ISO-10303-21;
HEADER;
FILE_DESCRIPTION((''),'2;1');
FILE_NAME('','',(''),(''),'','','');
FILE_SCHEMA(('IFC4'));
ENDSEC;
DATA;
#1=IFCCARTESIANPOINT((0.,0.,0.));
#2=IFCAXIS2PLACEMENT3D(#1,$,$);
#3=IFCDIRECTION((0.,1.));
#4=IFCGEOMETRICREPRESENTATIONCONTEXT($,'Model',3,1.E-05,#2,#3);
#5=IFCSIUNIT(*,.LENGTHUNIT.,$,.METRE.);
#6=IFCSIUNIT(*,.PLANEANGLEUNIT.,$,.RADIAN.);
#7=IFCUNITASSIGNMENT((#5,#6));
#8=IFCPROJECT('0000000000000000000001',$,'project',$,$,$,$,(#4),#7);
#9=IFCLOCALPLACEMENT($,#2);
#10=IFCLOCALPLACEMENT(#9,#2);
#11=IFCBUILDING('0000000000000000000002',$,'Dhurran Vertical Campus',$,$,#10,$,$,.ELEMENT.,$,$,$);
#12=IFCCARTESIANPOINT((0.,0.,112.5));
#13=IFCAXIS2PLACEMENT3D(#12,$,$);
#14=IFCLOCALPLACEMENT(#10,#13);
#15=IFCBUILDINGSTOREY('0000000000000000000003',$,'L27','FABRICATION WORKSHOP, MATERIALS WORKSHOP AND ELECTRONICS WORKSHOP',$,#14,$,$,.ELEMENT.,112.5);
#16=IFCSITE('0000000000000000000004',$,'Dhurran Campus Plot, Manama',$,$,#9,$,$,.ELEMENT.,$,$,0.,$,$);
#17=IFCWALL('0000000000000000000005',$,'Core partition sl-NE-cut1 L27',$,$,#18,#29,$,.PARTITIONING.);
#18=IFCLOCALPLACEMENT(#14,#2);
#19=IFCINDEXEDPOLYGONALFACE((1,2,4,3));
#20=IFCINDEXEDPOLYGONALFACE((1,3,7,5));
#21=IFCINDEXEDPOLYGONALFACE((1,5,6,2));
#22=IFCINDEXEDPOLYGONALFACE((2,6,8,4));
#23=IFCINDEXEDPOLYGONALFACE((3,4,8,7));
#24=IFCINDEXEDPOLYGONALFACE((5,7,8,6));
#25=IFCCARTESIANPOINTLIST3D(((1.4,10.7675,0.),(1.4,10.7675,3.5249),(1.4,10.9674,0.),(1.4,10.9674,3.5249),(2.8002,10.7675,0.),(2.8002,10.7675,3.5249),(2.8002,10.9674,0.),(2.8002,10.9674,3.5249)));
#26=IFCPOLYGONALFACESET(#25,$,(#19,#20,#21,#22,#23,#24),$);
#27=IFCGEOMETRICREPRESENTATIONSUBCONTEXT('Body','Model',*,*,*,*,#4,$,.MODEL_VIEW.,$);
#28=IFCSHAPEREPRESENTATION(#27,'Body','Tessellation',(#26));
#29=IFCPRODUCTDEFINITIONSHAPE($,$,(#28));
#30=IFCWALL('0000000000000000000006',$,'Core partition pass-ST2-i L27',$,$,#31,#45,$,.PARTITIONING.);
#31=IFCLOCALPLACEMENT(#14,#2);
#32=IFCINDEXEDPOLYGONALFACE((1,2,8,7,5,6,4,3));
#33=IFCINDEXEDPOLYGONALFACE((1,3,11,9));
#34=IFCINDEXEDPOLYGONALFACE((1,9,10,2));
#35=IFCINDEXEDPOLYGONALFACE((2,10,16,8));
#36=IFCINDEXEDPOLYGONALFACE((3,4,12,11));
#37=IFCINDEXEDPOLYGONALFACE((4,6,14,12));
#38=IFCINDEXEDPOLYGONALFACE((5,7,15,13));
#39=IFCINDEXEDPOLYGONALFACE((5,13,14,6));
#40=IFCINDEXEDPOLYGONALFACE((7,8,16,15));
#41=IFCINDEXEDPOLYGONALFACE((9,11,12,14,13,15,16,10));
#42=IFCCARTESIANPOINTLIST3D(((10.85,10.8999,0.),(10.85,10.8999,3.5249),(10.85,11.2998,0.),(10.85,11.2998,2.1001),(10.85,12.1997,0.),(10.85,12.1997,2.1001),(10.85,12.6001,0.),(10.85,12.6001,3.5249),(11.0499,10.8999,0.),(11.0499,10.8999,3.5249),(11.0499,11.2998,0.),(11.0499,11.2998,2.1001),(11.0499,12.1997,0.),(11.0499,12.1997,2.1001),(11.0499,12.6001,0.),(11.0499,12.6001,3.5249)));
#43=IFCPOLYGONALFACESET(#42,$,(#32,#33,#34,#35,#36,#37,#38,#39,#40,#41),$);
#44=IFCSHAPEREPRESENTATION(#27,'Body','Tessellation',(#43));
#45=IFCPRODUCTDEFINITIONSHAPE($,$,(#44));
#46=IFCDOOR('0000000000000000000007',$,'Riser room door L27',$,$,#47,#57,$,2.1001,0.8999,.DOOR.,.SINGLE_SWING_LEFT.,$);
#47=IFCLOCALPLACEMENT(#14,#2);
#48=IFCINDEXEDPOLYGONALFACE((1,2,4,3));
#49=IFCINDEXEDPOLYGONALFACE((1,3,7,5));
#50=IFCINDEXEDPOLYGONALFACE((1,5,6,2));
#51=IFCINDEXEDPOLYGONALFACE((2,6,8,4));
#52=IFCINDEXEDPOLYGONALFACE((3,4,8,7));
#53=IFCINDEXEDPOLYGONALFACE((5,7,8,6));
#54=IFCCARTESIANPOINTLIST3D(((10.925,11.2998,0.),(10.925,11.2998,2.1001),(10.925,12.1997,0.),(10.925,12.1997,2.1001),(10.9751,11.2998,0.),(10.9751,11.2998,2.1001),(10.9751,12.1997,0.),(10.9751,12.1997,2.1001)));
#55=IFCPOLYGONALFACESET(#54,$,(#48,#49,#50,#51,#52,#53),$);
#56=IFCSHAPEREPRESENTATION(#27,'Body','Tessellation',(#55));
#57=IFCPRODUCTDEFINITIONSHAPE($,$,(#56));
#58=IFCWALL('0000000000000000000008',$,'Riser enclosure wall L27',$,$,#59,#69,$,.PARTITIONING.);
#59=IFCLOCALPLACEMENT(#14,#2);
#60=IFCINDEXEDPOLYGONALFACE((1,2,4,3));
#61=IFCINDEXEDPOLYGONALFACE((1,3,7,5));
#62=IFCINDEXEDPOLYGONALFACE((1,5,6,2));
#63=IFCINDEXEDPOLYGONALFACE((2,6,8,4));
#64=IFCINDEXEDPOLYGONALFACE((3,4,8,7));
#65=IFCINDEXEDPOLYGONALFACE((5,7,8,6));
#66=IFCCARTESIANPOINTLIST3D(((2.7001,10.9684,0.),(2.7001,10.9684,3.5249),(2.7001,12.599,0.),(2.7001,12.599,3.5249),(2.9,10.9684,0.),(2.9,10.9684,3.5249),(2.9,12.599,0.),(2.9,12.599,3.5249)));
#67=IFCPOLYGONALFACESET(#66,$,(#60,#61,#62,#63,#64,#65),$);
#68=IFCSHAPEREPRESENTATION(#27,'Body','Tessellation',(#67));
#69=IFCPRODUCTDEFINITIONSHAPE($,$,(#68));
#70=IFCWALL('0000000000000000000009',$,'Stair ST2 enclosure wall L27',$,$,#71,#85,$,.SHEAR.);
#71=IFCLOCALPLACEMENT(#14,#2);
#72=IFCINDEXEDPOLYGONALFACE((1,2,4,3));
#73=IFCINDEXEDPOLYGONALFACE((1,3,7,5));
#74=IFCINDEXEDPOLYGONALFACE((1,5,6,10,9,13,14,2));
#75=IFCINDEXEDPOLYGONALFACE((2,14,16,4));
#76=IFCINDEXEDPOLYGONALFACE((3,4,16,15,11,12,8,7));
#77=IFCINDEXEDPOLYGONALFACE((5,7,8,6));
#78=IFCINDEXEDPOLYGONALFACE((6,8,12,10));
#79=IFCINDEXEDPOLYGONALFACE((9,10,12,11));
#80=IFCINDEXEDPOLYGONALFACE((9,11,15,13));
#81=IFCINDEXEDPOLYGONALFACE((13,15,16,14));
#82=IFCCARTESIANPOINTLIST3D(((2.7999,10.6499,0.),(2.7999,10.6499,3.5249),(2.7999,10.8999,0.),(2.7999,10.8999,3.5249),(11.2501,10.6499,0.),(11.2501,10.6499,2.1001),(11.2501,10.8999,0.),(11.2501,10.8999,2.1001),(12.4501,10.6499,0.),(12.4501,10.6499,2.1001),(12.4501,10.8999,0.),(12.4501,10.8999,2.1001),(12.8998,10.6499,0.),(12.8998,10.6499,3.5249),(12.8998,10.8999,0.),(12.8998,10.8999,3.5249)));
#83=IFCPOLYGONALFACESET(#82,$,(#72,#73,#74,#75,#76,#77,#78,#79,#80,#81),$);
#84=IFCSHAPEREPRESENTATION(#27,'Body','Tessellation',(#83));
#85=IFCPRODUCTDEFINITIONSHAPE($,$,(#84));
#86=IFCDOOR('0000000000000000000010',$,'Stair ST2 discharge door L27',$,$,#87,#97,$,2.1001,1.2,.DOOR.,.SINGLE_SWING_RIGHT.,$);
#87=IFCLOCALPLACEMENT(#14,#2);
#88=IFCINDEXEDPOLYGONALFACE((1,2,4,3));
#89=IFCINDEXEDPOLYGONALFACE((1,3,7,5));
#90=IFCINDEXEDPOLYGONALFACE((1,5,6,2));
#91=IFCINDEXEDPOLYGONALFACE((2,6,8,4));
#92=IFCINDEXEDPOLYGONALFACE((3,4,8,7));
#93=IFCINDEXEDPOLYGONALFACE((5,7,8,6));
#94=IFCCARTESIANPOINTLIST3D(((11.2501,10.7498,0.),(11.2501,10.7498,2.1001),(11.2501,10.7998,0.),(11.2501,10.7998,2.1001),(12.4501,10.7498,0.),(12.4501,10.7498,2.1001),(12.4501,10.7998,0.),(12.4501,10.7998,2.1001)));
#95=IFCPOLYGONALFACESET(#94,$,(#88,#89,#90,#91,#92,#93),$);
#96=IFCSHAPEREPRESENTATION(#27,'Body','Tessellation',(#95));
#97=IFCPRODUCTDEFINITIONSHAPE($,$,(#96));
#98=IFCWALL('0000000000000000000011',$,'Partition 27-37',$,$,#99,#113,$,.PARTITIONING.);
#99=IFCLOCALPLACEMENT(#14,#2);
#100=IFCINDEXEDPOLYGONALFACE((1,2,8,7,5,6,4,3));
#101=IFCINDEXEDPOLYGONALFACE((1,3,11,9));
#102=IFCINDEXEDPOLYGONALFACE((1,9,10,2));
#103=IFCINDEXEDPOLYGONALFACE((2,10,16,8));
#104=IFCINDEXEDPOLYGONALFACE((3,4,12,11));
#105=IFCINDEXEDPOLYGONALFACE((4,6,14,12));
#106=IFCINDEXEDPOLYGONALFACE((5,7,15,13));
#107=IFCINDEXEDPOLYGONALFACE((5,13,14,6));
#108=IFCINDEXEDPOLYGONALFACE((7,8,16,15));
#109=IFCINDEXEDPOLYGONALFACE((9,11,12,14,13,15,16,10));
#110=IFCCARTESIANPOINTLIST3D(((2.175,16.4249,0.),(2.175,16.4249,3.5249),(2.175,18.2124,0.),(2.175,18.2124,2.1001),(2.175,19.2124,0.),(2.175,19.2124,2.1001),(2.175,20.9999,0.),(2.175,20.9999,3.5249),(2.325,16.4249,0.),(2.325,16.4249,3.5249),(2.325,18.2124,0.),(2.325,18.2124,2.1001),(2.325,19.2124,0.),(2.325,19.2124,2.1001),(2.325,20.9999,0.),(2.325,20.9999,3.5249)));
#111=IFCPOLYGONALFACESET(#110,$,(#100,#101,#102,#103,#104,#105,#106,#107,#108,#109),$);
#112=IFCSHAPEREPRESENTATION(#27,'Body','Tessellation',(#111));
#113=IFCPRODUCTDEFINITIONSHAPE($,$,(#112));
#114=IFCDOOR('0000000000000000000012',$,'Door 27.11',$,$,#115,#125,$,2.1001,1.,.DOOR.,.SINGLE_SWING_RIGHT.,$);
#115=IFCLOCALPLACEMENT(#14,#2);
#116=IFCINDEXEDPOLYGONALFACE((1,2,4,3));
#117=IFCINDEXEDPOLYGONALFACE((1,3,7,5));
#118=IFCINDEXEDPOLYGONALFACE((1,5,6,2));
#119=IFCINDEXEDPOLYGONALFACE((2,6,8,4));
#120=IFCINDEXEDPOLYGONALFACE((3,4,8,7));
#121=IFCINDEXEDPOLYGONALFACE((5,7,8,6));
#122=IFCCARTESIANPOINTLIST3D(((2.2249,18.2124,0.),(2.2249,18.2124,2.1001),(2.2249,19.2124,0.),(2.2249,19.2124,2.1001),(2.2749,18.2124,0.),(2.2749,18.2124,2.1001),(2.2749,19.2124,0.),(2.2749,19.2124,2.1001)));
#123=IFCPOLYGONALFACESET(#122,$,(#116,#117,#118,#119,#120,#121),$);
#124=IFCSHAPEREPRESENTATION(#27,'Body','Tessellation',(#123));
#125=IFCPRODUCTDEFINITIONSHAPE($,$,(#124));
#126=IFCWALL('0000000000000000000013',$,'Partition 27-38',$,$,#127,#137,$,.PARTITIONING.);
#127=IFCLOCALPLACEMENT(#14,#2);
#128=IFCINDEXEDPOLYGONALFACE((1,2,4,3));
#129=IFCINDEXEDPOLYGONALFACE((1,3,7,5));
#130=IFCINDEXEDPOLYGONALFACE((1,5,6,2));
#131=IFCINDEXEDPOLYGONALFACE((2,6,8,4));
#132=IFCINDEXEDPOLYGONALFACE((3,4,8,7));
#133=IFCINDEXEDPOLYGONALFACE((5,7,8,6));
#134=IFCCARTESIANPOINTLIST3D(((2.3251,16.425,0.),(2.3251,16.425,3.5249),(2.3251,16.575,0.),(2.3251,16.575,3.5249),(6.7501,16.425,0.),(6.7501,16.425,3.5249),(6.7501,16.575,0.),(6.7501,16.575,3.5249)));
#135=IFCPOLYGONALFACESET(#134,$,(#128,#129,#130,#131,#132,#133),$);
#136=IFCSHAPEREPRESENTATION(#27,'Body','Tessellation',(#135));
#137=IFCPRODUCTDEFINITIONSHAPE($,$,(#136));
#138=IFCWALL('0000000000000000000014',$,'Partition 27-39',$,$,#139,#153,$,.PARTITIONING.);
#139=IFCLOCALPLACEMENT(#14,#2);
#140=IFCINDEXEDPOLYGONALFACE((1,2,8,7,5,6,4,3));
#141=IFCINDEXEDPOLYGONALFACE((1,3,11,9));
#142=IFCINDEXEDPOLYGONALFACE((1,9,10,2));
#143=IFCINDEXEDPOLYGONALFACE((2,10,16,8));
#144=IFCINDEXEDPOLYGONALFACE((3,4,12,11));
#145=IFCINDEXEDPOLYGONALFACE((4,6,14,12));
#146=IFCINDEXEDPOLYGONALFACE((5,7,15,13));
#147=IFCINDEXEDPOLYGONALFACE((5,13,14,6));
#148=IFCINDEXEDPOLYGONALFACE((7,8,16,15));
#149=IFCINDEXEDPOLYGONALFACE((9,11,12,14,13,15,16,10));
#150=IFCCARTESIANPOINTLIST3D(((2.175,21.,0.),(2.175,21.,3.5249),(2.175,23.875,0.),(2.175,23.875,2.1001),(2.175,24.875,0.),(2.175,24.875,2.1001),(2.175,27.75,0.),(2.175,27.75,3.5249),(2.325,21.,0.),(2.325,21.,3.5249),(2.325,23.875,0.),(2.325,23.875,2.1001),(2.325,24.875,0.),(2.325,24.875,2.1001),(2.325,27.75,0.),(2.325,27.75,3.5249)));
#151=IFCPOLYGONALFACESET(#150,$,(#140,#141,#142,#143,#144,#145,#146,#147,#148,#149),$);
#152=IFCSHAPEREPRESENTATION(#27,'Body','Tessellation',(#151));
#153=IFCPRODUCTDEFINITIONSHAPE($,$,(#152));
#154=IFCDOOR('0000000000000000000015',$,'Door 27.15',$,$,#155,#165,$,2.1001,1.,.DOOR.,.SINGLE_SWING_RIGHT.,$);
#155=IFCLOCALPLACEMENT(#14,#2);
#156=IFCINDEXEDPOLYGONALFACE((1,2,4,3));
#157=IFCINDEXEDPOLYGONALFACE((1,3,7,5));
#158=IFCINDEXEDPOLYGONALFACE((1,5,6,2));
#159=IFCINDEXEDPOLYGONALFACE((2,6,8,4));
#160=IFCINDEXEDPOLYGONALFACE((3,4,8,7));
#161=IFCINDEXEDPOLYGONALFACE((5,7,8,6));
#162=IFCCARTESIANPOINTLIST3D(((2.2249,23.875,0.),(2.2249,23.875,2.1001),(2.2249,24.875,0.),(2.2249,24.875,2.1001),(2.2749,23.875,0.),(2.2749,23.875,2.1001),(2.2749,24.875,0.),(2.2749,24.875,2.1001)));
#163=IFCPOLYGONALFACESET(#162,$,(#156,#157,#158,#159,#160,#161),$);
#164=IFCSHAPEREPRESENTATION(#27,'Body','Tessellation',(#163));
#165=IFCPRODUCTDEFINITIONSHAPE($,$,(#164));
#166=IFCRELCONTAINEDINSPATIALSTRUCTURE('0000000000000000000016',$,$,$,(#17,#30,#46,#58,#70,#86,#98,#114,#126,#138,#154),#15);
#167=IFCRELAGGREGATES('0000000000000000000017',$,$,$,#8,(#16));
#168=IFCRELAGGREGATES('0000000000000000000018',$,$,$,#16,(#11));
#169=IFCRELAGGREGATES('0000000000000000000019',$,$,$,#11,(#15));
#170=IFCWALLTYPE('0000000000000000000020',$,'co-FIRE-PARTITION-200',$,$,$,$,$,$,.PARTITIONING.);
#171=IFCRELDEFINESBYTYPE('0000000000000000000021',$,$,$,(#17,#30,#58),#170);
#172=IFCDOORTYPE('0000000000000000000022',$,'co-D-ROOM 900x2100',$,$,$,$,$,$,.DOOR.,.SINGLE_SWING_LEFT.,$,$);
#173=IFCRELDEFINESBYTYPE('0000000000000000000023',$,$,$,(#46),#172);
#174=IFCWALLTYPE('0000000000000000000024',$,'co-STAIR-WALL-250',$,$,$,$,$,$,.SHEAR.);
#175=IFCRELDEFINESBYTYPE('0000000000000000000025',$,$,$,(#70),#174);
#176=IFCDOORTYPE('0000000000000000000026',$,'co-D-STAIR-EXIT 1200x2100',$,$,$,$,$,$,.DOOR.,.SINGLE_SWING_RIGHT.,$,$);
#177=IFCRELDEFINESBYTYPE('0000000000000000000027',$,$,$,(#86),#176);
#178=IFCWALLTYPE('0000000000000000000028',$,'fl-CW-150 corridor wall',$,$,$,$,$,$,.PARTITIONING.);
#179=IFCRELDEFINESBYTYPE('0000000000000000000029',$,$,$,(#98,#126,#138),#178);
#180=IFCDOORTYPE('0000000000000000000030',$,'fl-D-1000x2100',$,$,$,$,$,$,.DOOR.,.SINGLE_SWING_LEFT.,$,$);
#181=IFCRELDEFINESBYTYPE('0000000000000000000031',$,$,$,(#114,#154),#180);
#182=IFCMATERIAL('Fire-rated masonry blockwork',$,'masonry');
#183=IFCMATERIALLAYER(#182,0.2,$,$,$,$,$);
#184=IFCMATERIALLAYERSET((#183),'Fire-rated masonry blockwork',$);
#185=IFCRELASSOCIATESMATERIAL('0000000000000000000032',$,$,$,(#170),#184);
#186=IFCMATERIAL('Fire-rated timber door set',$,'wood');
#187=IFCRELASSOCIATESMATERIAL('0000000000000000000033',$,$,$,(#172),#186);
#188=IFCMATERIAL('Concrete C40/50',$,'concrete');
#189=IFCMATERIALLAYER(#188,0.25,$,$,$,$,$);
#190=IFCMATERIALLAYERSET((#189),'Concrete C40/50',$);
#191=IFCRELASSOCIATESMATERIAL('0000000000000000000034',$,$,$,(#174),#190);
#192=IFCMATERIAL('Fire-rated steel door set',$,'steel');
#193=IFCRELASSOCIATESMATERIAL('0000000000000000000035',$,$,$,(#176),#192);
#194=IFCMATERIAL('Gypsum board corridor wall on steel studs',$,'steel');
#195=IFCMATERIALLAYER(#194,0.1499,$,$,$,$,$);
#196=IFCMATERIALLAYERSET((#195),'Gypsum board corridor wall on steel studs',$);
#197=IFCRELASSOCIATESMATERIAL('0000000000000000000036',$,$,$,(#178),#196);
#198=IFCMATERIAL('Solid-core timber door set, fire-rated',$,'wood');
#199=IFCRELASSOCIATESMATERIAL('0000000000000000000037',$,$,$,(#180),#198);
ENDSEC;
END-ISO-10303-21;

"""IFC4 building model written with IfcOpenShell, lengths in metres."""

from ifc_helpers import new_model, si_unit, direction, frame, frame_2d, origin, place, context, subcontext, project, spatial, rectangle, extrude, material, layer, layer_set, type_object, element, fill, save


model = new_model("IFC4")

# Units and contexts
model_context = context("Model", 3, precision=1e-05, world=origin(), true_north=direction((0.0, 1.0)))
body_context = subcontext(model_context, "Body", "Model", "MODEL_VIEW")
ifc_project = project(units=[si_unit("LENGTHUNIT", "METRE"), si_unit("PLANEANGLEUNIT", "RADIAN")], contexts=[model_context])

# Site, building, storey
site_placement = place(None, origin())
site = spatial("IfcSite", under=ifc_project, at=site_placement, Name="Dhurran Campus Plot, Manama", CompositionType="ELEMENT", RefElevation=0.0)
building_placement = place(site_placement, origin())
building = spatial("IfcBuilding", under=site, at=building_placement, Name="Dhurran Vertical Campus", CompositionType="ELEMENT")
storey_placement = place(building_placement, frame((0.0, 0.0, 112.5)))
storey = spatial("IfcBuildingStorey", under=building, at=storey_placement, Name="L27", Description="FABRICATION WORKSHOP, MATERIALS WORKSHOP AND ELECTRONICS WORKSHOP", CompositionType="ELEMENT", Elevation=112.5)

# Wall
ifc_material_1 = material(Name="Fire-rated masonry blockwork", Category="masonry")
ifc_layer_1 = layer(ifc_material_1, 0.2)
ifc_layer_set_1 = layer_set([ifc_layer_1], Name="Fire-rated masonry blockwork")
wall_type_1 = type_object("IfcWallType", Name="co-FIRE-PARTITION-200", PredefinedType="PARTITIONING", material=ifc_layer_set_1)
wall_1_placement = place(storey_placement, frame((1.3999, 10.8674, 0.0), z_axis=(0.0, 0.0, 1.0), x_axis=(1.0, 0.0, 0.0)))
element("IfcWall", 1, at=wall_1_placement, inside=storey, type_object=wall_type_1, Name="Core partition sl-NE-cut1 L27", PredefinedType="PARTITIONING", context=body_context, shape_type="SweptSolid", body=[
    extrude(rectangle(XDim=1.4001, YDim=0.2, at=frame_2d((0.7002, 0.0))), origin(), (0.0, 0.0, 1.0), 3.5249),
])

# Wall, opening, door
wall_2_placement = place(storey_placement, frame((10.95, 10.8999, 0.0), z_axis=(0.0, 0.0, 1.0), x_axis=(0.0, 1.0, 0.0)))
wall_2 = element("IfcWall", 2, at=wall_2_placement, inside=storey, type_object=wall_type_1, Name="Core partition pass-ST2-i L27", PredefinedType="PARTITIONING", context=body_context, shape_type="SweptSolid", body=[
    extrude(rectangle(XDim=1.7002, YDim=0.2, at=frame_2d((0.8501, 0.0))), origin(), (0.0, 0.0, 1.0), 3.5249),
])
opening_1_placement = place(wall_2_placement, frame((0.3999, 0.0, 0.0)))
opening_1 = element("IfcOpeningElement", 3, at=opening_1_placement, cuts=wall_2, PredefinedType="OPENING", context=body_context, shape_type="SweptSolid", body=[
    extrude(rectangle(XDim=0.8999, YDim=2.1001, at=frame_2d((0.45, 1.05))), frame((0.0, 0.1099, 0.0), z_axis=(0.0, -1.0, 0.0), x_axis=(1.0, 0.0, 0.0)), (0.0, 0.0, 1.0), 0.22),
])
ifc_material_2 = material(Name="Fire-rated timber door set", Category="wood")
door_type_1 = type_object("IfcDoorType", Name="co-D-ROOM 900x2100", OperationType="SINGLE_SWING_LEFT", PredefinedType="DOOR", material=ifc_material_2)
door_1_placement = place(opening_1_placement, origin())
door_1 = element("IfcDoor", 4, at=door_1_placement, inside=storey, type_object=door_type_1, Name="Riser room door L27", OperationType="SINGLE_SWING_LEFT", OverallHeight=2.1001, OverallWidth=0.8999, PredefinedType="DOOR", context=body_context, shape_type="SweptSolid", body=[
    extrude(rectangle(XDim=0.8999, YDim=2.1001, at=frame_2d((0.45, 1.05))), frame((0.0, 0.0249, 0.0), z_axis=(0.0, -1.0, 0.0), x_axis=(1.0, 0.0, 0.0)), (0.0, 0.0, 1.0), 0.05),
])
fill(opening_1, door_1)

# Wall
wall_3_placement = place(storey_placement, frame((2.8, 12.5991, 0.0), z_axis=(0.0, 0.0, 1.0), x_axis=(0.0, -1.0, 0.0)))
element("IfcWall", 5, at=wall_3_placement, inside=storey, type_object=wall_type_1, Name="Riser enclosure wall L27", PredefinedType="PARTITIONING", context=body_context, shape_type="SweptSolid", body=[
    extrude(rectangle(XDim=1.6306, YDim=0.2, at=frame_2d((0.8154, 0.0))), origin(), (0.0, 0.0, 1.0), 3.5249),
])

# Walls, openings, doors
ifc_material_3 = material(Name="Concrete C40/50", Category="concrete")
ifc_layer_2 = layer(ifc_material_3, 0.25)
ifc_layer_set_2 = layer_set([ifc_layer_2], Name="Concrete C40/50")
wall_type_2 = type_object("IfcWallType", Name="co-STAIR-WALL-250", PredefinedType="SHEAR", material=ifc_layer_set_2)
wall_4_placement = place(storey_placement, frame((2.8, 10.7749, 0.0), z_axis=(0.0, 0.0, 1.0), x_axis=(1.0, 0.0, 0.0)))
wall_4 = element("IfcWall", 6, at=wall_4_placement, inside=storey, type_object=wall_type_2, Name="Stair ST2 enclosure wall L27", PredefinedType="SHEAR", context=body_context, shape_type="SweptSolid", body=[
    extrude(rectangle(XDim=10.0999, YDim=0.25, at=frame_2d((5.0498, 0.0))), origin(), (0.0, 0.0, 1.0), 3.5249),
])
opening_2_placement = place(wall_4_placement, frame((8.45, 0.0, 0.0)))
opening_2 = element("IfcOpeningElement", 7, at=opening_2_placement, cuts=wall_4, PredefinedType="OPENING", context=body_context, shape_type="SweptSolid", body=[
    extrude(rectangle(XDim=1.2, YDim=2.1001, at=frame_2d((0.6001, 1.05))), frame((0.0, 0.135, 0.0), z_axis=(0.0, -1.0, 0.0), x_axis=(1.0, 0.0, 0.0)), (0.0, 0.0, 1.0), 0.27),
])
ifc_material_4 = material(Name="Fire-rated steel door set", Category="steel")
door_type_2 = type_object("IfcDoorType", Name="co-D-STAIR-EXIT 1200x2100", OperationType="SINGLE_SWING_RIGHT", PredefinedType="DOOR", material=ifc_material_4)
door_2_placement = place(opening_2_placement, origin())
door_2 = element("IfcDoor", 8, at=door_2_placement, inside=storey, type_object=door_type_2, Name="Stair ST2 discharge door L27", OperationType="SINGLE_SWING_RIGHT", OverallHeight=2.1001, OverallWidth=1.2, PredefinedType="DOOR", context=body_context, shape_type="SweptSolid", body=[
    extrude(rectangle(XDim=1.2, YDim=2.1001, at=frame_2d((0.6001, 1.05))), frame((0.0, 0.0249, 0.0), z_axis=(0.0, -1.0, 0.0), x_axis=(1.0, 0.0, 0.0)), (0.0, 0.0, 1.0), 0.05),
])
fill(opening_2, door_2)
ifc_material_5 = material(Name="Gypsum board corridor wall on steel studs", Category="steel")
ifc_layer_3 = layer(ifc_material_5, 0.1499)
ifc_layer_set_3 = layer_set([ifc_layer_3], Name="Gypsum board corridor wall on steel studs")
wall_type_3 = type_object("IfcWallType", Name="fl-CW-150 corridor wall", PredefinedType="PARTITIONING", material=ifc_layer_set_3)
wall_5_placement = place(storey_placement, frame((2.25, 21.0, 0.0), z_axis=(0.0, 0.0, 1.0), x_axis=(0.0, -1.0, 0.0)))
wall_5 = element("IfcWall", 9, at=wall_5_placement, inside=storey, type_object=wall_type_3, Name="Partition 27-37", PredefinedType="PARTITIONING", context=body_context, shape_type="SweptSolid", body=[
    extrude(rectangle(XDim=4.575, YDim=0.1499, at=frame_2d((2.2876, 0.0))), origin(), (0.0, 0.0, 1.0), 3.5249),
])
opening_3_placement = place(wall_5_placement, frame((1.7876, 0.0, 0.0)))
opening_3 = element("IfcOpeningElement", 10, at=opening_3_placement, cuts=wall_5, PredefinedType="OPENING", context=body_context, shape_type="SweptSolid", body=[
    extrude(rectangle(XDim=1.0, YDim=2.1001, at=frame_2d((0.5, 1.05))), frame((0.0, 0.085, 0.0), z_axis=(0.0, -1.0, 0.0), x_axis=(1.0, 0.0, 0.0)), (0.0, 0.0, 1.0), 0.1699),
])
ifc_material_6 = material(Name="Solid-core timber door set, fire-rated", Category="wood")
door_type_3 = type_object("IfcDoorType", Name="fl-D-1000x2100", OperationType="SINGLE_SWING_LEFT", PredefinedType="DOOR", material=ifc_material_6)
door_3_placement = place(opening_3_placement, origin())
door_3 = element("IfcDoor", 11, at=door_3_placement, inside=storey, type_object=door_type_3, Name="Door 27.11", OperationType="SINGLE_SWING_RIGHT", OverallHeight=2.1001, OverallWidth=1.0, PredefinedType="DOOR", context=body_context, shape_type="SweptSolid", body=[
    extrude(rectangle(XDim=1.0, YDim=2.1001, at=frame_2d((0.5, 1.05))), frame((0.0, 0.0249, 0.0), z_axis=(0.0, -1.0, 0.0), x_axis=(1.0, 0.0, 0.0)), (0.0, 0.0, 1.0), 0.05),
])
fill(opening_3, door_3)

# Wall
wall_6_placement = place(storey_placement, frame((6.75, 16.5, 0.0), z_axis=(0.0, 0.0, 1.0), x_axis=(-1.0, 0.0, 0.0)))
element("IfcWall", 12, at=wall_6_placement, inside=storey, type_object=wall_type_3, Name="Partition 27-38", PredefinedType="PARTITIONING", context=body_context, shape_type="SweptSolid", body=[
    extrude(rectangle(XDim=4.425, YDim=0.1499, at=frame_2d((2.2124, 0.0))), origin(), (0.0, 0.0, 1.0), 3.5249),
])

# Wall, opening, door
wall_7_placement = place(storey_placement, frame((2.25, 27.75, 0.0), z_axis=(0.0, 0.0, 1.0), x_axis=(0.0, -1.0, 0.0)))
wall_7 = element("IfcWall", 13, at=wall_7_placement, inside=storey, type_object=wall_type_3, Name="Partition 27-39", PredefinedType="PARTITIONING", context=body_context, shape_type="SweptSolid", body=[
    extrude(rectangle(XDim=6.75, YDim=0.1499, at=frame_2d((3.375, 0.0))), origin(), (0.0, 0.0, 1.0), 3.5249),
])
opening_4_placement = place(wall_7_placement, frame((2.875, 0.0, 0.0)))
opening_4 = element("IfcOpeningElement", 14, at=opening_4_placement, cuts=wall_7, PredefinedType="OPENING", context=body_context, shape_type="SweptSolid", body=[
    extrude(rectangle(XDim=1.0, YDim=2.1001, at=frame_2d((0.5, 1.05))), frame((0.0, 0.085, 0.0), z_axis=(0.0, -1.0, 0.0), x_axis=(1.0, 0.0, 0.0)), (0.0, 0.0, 1.0), 0.1699),
])
door_4_placement = place(opening_4_placement, origin())
door_4 = element("IfcDoor", 15, at=door_4_placement, inside=storey, type_object=door_type_3, Name="Door 27.15", OperationType="SINGLE_SWING_RIGHT", OverallHeight=2.1001, OverallWidth=1.0, PredefinedType="DOOR", context=body_context, shape_type="SweptSolid", body=[
    extrude(rectangle(XDim=1.0, YDim=2.1001, at=frame_2d((0.5, 1.05))), frame((0.0, 0.0249, 0.0), z_axis=(0.0, -1.0, 0.0), x_axis=(1.0, 0.0, 0.0)), (0.0, 0.0, 1.0), 0.05),
])
fill(opening_4, door_4)

save(model, "model.ifc")
